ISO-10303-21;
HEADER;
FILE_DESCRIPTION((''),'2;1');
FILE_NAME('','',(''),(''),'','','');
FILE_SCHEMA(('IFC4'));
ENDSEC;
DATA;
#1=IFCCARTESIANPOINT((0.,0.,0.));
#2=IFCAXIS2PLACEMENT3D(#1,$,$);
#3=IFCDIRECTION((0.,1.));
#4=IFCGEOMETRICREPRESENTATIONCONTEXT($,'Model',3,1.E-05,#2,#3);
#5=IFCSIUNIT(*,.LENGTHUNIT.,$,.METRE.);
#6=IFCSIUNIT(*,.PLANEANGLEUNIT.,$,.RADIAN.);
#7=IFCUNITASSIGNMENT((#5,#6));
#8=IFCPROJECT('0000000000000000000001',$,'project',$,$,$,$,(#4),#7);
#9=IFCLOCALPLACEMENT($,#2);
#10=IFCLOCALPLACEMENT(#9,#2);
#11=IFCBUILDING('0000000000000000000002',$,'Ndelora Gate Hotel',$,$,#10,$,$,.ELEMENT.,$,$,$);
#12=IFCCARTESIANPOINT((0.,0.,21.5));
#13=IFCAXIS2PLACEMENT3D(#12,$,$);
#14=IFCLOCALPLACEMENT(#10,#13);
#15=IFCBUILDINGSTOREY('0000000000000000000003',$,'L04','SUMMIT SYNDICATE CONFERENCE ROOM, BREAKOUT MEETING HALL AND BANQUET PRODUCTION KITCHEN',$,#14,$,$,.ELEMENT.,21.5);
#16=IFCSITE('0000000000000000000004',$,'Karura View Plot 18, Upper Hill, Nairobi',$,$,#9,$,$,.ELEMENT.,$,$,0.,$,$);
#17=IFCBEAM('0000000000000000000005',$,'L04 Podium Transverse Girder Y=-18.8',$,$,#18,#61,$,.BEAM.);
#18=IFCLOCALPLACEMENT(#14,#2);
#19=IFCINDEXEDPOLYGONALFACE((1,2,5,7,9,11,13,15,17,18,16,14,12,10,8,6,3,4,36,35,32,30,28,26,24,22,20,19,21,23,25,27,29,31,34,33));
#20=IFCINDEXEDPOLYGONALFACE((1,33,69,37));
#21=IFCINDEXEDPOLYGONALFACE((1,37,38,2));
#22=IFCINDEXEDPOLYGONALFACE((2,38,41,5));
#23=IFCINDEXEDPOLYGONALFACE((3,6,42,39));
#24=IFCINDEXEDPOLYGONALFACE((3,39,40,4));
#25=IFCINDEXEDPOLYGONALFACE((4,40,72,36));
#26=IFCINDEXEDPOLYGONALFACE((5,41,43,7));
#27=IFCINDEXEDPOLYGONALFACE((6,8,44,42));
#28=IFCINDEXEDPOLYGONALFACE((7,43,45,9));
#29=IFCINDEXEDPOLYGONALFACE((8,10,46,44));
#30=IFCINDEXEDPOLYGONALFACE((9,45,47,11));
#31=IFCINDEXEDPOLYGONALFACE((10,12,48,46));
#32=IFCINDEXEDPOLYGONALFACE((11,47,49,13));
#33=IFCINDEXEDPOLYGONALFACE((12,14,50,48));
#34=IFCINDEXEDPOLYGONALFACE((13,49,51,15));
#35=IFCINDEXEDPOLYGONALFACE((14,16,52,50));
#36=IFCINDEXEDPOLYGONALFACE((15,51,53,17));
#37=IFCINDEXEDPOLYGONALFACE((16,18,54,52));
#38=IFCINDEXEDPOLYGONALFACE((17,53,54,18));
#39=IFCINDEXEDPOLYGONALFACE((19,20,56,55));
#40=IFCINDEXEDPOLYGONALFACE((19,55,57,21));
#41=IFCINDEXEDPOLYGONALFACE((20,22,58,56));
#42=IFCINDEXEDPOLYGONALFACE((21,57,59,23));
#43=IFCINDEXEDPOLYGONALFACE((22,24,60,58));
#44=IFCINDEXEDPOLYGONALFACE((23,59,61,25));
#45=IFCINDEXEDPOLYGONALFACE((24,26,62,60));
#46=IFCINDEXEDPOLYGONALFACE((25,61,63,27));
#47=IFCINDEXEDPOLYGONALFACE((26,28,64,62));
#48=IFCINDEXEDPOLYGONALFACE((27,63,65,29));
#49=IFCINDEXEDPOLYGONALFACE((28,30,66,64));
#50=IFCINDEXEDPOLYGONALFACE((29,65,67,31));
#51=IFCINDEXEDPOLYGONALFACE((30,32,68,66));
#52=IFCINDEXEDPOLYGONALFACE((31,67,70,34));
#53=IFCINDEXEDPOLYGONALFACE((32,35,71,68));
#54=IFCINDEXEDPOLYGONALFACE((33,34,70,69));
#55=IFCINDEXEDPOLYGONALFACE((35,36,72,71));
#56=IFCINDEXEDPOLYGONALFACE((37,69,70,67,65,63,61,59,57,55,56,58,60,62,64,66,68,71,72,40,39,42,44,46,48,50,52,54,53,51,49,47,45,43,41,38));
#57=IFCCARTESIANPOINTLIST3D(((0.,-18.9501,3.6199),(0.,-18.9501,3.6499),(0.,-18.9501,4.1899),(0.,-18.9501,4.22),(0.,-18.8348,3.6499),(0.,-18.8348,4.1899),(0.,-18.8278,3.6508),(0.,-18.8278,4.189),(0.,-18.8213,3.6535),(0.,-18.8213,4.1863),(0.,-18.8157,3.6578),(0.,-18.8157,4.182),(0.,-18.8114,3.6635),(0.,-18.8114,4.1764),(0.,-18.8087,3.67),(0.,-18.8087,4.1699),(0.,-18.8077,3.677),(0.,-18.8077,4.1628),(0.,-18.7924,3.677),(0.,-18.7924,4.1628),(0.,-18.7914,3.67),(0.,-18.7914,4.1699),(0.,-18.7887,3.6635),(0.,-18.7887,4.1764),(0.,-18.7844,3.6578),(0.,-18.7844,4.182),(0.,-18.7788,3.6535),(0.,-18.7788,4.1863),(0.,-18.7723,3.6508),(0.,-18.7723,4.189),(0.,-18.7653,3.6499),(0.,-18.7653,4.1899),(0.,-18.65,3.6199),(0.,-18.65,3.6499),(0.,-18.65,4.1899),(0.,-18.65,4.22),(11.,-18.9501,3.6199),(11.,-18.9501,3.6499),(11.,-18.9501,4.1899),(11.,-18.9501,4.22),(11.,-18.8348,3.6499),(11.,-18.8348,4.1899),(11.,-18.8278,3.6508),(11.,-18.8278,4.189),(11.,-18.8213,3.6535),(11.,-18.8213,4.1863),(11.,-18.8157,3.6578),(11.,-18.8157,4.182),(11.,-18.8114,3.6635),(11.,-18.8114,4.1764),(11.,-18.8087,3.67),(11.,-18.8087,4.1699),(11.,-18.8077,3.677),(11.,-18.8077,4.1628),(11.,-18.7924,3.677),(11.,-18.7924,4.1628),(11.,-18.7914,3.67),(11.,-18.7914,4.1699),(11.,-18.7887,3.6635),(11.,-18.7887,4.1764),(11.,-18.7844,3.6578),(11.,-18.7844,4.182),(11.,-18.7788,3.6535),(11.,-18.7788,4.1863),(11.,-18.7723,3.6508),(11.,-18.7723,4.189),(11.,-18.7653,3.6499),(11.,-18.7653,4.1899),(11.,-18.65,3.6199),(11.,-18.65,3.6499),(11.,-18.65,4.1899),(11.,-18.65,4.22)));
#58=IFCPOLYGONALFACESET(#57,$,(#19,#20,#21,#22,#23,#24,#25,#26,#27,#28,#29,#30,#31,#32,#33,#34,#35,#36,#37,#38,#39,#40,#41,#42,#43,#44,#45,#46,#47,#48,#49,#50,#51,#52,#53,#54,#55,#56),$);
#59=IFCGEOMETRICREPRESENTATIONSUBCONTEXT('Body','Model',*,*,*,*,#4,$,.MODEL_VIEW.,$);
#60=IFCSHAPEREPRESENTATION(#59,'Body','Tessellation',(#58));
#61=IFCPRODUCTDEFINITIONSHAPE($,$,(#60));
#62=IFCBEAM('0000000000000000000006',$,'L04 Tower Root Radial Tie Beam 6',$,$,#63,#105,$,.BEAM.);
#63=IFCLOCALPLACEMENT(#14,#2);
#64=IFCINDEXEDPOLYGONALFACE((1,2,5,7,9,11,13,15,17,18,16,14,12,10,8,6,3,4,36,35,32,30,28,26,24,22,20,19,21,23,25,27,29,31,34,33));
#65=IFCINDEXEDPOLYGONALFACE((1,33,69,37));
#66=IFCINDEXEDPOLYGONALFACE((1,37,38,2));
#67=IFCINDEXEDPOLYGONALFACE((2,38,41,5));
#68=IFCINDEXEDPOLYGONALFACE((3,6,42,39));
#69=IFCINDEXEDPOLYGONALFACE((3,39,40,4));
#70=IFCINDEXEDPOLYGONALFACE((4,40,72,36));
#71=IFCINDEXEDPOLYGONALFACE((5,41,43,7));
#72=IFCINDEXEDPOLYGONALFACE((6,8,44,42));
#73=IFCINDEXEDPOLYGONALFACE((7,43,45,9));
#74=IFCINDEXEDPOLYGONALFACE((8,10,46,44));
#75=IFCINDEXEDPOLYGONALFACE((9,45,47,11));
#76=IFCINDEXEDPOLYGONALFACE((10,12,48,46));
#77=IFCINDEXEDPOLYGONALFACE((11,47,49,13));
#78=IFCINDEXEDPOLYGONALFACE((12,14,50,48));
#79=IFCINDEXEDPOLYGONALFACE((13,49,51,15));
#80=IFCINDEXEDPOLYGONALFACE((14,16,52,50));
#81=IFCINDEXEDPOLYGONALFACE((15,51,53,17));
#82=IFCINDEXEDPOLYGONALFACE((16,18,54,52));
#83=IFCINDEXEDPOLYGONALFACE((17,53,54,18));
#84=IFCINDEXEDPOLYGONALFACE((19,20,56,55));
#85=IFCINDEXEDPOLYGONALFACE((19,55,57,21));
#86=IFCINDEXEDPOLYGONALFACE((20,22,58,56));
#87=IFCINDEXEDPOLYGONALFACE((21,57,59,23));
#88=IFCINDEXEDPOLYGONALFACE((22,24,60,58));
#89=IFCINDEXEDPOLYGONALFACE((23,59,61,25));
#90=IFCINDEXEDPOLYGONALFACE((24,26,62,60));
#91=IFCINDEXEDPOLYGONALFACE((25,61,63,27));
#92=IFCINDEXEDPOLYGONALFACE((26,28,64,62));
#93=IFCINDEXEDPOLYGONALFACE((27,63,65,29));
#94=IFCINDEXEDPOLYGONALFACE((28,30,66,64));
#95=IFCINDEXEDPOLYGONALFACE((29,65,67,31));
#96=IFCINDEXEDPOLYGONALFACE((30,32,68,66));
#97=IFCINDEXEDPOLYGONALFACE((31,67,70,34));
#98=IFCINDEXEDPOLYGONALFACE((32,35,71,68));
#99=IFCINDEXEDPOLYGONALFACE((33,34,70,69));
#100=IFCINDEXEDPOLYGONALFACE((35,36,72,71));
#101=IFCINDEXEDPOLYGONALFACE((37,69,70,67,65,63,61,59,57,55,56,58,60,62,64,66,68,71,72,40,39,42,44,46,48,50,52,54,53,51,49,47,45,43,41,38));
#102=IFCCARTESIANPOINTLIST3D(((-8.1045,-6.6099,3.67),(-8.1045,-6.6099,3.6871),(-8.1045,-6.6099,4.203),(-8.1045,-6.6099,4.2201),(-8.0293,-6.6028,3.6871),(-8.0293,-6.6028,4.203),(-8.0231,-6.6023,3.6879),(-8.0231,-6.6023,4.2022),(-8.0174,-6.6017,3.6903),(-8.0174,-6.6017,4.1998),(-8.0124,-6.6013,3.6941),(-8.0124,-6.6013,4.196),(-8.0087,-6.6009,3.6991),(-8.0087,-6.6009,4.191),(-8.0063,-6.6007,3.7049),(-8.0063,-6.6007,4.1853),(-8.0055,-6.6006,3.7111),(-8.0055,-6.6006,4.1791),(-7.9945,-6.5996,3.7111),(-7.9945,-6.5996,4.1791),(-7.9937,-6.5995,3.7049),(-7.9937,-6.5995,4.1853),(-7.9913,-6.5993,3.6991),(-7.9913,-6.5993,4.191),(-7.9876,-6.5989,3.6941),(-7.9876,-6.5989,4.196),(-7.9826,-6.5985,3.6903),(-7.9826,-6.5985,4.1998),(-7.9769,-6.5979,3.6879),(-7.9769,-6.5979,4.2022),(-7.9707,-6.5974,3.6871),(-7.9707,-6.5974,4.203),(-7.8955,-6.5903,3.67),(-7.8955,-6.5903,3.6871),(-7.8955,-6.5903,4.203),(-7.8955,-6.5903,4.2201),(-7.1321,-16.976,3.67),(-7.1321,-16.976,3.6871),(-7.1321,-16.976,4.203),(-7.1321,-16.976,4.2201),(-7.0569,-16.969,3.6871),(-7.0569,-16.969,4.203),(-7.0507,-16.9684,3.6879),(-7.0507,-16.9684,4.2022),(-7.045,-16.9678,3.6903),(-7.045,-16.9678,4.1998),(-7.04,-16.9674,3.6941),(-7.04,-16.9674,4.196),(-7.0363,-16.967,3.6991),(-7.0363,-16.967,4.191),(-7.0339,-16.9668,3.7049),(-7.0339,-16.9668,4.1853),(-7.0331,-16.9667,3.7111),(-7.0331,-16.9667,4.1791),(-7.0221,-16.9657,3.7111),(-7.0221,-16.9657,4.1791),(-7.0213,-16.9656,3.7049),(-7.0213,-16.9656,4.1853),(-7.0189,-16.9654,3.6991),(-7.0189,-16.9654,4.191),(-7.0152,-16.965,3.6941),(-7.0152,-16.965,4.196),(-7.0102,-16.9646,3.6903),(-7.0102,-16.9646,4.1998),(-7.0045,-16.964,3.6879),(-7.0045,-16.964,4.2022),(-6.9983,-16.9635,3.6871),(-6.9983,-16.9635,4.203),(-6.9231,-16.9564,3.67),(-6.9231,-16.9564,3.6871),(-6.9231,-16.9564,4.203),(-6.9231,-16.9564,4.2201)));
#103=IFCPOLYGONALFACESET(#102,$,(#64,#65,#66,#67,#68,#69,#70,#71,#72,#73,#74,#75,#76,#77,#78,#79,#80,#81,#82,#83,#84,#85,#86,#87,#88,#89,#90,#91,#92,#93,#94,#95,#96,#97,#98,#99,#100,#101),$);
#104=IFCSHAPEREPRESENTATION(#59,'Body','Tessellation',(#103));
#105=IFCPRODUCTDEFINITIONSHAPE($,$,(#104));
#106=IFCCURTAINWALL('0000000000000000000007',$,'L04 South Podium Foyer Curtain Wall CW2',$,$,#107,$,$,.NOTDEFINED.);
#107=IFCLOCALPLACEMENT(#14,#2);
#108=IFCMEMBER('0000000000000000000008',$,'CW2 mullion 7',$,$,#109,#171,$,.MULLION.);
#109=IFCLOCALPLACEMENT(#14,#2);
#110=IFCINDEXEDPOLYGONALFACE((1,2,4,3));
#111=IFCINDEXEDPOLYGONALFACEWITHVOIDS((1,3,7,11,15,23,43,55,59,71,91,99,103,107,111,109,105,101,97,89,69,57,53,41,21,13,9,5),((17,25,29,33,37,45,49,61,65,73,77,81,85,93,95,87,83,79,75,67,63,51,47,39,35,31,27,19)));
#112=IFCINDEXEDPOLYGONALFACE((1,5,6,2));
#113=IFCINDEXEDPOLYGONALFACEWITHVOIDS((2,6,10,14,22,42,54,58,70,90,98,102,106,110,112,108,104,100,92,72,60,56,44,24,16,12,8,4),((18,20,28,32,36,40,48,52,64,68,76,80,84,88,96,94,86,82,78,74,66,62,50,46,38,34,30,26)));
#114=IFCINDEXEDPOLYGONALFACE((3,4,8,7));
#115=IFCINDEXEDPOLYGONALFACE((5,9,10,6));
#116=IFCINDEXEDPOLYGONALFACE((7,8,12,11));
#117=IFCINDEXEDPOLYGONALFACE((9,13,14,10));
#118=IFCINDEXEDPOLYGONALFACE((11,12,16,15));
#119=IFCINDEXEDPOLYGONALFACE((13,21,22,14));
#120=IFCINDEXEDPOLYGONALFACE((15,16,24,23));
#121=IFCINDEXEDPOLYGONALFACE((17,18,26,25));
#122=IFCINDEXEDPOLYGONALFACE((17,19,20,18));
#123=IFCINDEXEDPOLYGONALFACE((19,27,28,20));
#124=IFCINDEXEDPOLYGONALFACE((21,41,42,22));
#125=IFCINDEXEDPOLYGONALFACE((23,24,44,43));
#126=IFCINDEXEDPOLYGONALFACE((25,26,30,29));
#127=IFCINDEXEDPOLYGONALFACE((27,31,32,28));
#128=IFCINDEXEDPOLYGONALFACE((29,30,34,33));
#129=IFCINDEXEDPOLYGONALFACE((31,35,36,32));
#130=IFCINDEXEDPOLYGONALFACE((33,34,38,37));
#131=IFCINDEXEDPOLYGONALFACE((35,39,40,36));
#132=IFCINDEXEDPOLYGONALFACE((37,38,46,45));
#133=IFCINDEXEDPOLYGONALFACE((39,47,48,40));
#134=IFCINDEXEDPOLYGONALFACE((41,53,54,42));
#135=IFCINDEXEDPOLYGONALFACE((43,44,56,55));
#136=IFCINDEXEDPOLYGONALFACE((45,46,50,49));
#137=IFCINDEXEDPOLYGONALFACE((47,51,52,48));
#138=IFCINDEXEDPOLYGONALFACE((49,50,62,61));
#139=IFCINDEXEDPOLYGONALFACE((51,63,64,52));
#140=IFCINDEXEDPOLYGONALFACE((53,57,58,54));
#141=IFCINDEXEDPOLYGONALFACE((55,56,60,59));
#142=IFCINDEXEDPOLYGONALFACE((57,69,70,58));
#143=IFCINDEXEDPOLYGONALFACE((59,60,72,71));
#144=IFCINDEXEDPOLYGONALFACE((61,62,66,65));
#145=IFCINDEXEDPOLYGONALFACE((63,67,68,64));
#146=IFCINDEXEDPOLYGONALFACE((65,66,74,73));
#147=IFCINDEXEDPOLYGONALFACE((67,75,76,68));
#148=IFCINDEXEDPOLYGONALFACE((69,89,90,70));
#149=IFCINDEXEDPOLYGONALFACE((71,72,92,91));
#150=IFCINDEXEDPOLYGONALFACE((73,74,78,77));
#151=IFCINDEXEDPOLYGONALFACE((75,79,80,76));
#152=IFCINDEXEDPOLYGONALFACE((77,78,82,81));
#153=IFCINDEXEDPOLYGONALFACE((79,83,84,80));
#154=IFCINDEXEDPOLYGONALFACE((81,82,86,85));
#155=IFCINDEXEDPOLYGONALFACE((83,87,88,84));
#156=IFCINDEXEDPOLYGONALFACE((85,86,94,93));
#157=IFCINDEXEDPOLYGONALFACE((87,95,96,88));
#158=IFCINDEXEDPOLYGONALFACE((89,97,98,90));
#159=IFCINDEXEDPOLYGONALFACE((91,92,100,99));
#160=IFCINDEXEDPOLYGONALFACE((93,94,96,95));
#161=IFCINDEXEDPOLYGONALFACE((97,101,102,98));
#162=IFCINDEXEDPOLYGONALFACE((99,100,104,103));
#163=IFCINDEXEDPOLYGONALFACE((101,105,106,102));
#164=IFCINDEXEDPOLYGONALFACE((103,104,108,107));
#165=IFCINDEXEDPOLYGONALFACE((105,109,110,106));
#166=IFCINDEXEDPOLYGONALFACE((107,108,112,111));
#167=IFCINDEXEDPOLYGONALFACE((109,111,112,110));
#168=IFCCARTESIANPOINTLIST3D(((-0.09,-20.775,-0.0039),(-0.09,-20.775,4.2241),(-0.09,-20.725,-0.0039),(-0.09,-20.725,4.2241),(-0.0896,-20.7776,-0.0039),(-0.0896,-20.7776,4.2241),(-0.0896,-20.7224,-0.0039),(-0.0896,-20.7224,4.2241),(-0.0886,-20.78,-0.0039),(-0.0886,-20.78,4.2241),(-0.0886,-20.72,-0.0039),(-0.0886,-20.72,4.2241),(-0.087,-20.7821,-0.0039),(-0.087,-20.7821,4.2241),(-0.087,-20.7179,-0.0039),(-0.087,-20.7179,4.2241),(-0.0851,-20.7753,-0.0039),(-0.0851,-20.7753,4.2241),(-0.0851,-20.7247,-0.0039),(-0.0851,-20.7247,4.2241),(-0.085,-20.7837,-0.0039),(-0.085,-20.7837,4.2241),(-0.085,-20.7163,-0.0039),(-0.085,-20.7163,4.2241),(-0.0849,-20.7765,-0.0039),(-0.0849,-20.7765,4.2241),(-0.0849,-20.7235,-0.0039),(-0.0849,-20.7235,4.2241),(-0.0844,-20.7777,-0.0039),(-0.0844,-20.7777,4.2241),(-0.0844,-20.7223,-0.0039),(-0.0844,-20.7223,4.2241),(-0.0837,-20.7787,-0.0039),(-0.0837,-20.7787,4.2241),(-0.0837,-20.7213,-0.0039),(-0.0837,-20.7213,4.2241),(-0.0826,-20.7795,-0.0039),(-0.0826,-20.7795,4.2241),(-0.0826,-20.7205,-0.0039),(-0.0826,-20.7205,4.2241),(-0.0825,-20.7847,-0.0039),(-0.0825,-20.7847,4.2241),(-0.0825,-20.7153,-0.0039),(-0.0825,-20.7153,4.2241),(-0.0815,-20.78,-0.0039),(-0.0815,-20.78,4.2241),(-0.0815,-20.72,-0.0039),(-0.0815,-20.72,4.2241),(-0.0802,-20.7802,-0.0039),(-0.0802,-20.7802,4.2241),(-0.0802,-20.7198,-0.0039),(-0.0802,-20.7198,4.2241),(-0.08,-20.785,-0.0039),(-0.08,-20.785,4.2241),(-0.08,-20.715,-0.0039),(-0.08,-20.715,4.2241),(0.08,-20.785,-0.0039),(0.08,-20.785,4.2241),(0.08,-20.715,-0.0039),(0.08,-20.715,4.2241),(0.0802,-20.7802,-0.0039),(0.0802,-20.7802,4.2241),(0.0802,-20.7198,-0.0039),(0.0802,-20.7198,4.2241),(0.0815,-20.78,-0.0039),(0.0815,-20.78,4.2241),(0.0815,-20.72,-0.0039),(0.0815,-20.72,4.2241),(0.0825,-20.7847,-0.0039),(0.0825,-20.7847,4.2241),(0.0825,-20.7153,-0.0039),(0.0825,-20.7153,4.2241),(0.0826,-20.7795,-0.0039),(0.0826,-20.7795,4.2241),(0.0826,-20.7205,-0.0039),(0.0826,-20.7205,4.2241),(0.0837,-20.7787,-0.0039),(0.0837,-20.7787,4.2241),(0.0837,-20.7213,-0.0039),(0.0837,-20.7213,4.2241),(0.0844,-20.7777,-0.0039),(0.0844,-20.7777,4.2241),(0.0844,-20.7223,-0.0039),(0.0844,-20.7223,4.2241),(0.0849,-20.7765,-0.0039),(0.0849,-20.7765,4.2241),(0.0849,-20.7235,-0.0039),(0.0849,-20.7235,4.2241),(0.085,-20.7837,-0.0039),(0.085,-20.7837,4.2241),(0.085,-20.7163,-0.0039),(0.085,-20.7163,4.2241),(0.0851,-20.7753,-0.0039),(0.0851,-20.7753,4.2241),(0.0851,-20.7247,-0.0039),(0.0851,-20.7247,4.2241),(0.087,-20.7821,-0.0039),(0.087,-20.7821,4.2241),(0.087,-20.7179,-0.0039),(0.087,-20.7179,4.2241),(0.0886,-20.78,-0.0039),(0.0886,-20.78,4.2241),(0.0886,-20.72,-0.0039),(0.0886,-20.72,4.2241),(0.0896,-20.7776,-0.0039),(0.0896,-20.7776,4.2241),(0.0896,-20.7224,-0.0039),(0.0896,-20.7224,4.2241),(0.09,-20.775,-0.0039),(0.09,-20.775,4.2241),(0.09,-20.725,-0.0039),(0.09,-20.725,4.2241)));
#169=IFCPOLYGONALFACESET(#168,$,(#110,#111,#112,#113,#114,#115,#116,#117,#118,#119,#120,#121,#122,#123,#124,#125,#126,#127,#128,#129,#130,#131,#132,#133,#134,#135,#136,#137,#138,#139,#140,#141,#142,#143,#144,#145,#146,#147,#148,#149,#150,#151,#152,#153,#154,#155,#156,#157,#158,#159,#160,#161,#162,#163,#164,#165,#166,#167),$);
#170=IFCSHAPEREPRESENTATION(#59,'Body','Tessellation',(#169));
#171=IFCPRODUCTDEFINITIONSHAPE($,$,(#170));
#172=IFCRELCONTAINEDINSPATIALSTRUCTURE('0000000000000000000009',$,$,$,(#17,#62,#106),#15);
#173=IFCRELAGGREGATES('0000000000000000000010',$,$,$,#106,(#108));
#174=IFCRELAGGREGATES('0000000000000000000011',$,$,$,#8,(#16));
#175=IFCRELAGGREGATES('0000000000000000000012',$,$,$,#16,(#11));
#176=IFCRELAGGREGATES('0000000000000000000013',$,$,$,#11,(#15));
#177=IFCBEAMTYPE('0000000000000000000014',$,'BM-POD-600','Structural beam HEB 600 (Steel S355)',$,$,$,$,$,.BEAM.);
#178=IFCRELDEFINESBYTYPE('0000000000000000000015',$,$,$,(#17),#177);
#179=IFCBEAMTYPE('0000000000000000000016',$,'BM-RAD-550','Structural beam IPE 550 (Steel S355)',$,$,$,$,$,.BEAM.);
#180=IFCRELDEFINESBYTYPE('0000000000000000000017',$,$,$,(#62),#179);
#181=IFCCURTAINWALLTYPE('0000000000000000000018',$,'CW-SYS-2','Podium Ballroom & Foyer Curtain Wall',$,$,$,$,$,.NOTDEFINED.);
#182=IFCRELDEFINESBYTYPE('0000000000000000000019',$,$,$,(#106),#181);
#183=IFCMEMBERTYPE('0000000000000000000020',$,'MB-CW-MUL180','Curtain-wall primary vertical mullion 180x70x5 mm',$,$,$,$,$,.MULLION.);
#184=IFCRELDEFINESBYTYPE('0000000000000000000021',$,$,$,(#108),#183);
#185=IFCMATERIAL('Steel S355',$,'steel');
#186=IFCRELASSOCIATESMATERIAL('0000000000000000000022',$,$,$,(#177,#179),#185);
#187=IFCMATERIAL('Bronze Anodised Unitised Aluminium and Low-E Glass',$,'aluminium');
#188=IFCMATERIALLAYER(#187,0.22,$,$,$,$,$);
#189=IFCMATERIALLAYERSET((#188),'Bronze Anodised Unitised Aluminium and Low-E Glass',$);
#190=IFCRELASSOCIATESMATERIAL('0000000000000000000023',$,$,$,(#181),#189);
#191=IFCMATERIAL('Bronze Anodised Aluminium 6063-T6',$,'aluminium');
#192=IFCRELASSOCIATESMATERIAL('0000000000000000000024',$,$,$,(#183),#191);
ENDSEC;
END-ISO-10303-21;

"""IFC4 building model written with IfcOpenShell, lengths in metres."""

from ifc_helpers import new_model, si_unit, direction, frame, origin, origin_2d, place, context, subcontext, project, spatial, hollow_rectangle, i_section, extrude, material, layer, layer_set, material_profile, profile_set, type_object, element, aggregate, save


model = new_model("IFC4")

# Units and contexts
model_context = context("Model", 3, precision=1e-05, world=origin(), true_north=direction((0.0, 1.0)))
body_context = subcontext(model_context, "Body", "Model", "MODEL_VIEW")
ifc_project = project(units=[si_unit("LENGTHUNIT", "METRE"), si_unit("PLANEANGLEUNIT", "RADIAN")], contexts=[model_context])

# Site, building, storey
site_placement = place(None, origin())
site = spatial("IfcSite", under=ifc_project, at=site_placement, Name="Karura View Plot 18, Upper Hill, Nairobi", CompositionType="ELEMENT", RefElevation=0.0)
building_placement = place(site_placement, origin())
building = spatial("IfcBuilding", under=site, at=building_placement, Name="Ndelora Gate Hotel", CompositionType="ELEMENT")
storey_placement = place(building_placement, frame((0.0, 0.0, 21.5)))
storey = spatial("IfcBuildingStorey", under=building, at=storey_placement, Name="L04", Description="SUMMIT SYNDICATE CONFERENCE ROOM, BREAKOUT MEETING HALL AND BANQUET PRODUCTION KITCHEN", CompositionType="ELEMENT", Elevation=21.5)

# Beams
ifc_material_1 = material(Name="Steel S355", Category="steel")
ifc_material_profile_1 = material_profile(ifc_material_1, i_section(OverallWidth=0.3, OverallDepth=0.6001, WebThickness=0.0154, FlangeThickness=0.03, FilletRadius=0.0271, at=origin_2d()), Name="HEB 600")
ifc_profile_set_1 = profile_set([ifc_material_profile_1], Name="Steel S355")
beam_type_1 = type_object("IfcBeamType", Name="BM-POD-600", Description="Structural beam HEB 600 (Steel S355)", PredefinedType="BEAM", material=ifc_profile_set_1)
beam_1_placement = place(storey_placement, frame((0.0, -18.8, 3.9199), z_axis=(1.0, 0.0, 0.0), x_axis=(0.0, 1.0, 0.0)))
element("IfcBeam", 1, at=beam_1_placement, inside=storey, type_object=beam_type_1, Name="L04 Podium Transverse Girder Y=-18.8", PredefinedType="BEAM", context=body_context, shape_type="SweptSolid", body=[
    extrude(i_section(OverallWidth=0.3, OverallDepth=0.6001, WebThickness=0.0154, FlangeThickness=0.03, FilletRadius=0.0271, at=origin_2d()), origin(), (0.0, 0.0, 1.0), 11.0),
])
ifc_material_profile_2 = material_profile(ifc_material_1, i_section(OverallWidth=0.21, OverallDepth=0.55, WebThickness=0.011, FlangeThickness=0.0171, FilletRadius=0.0239, at=origin_2d()), Name="IPE 550")
ifc_profile_set_2 = profile_set([ifc_material_profile_2], Name="Steel S355")
beam_type_2 = type_object("IfcBeamType", Name="BM-RAD-550", Description="Structural beam IPE 550 (Steel S355)", PredefinedType="BEAM", material=ifc_profile_set_2)
beam_2_placement = place(storey_placement, frame((-8.0, -6.6001, 3.9451), z_axis=(0.093396, -0.995629, 0.0), x_axis=(0.995629, 0.093396, 0.0)))
element("IfcBeam", 2, at=beam_2_placement, inside=storey, type_object=beam_type_2, Name="L04 Tower Root Radial Tie Beam 6", PredefinedType="BEAM", context=body_context, shape_type="SweptSolid", body=[
    extrude(i_section(OverallWidth=0.21, OverallDepth=0.55, WebThickness=0.011, FlangeThickness=0.0171, FilletRadius=0.0239, at=origin_2d()), origin(), (0.0, 0.0, 1.0), 10.4116),
])

# Curtain wall, member
ifc_material_2 = material(Name="Bronze Anodised Unitised Aluminium and Low-E Glass", Category="aluminium")
ifc_layer_1 = layer(ifc_material_2, 0.22)
ifc_layer_set_1 = layer_set([ifc_layer_1], Name="Bronze Anodised Unitised Aluminium and Low-E Glass")
curtain_wall_type = type_object("IfcCurtainWallType", Name="CW-SYS-2", Description="Podium Ballroom & Foyer Curtain Wall", PredefinedType="NOTDEFINED", material=ifc_layer_set_1)
curtain_wall_placement = place(storey_placement, origin())
curtain_wall = element("IfcCurtainWall", 3, at=curtain_wall_placement, inside=storey, type_object=curtain_wall_type, Name="L04 South Podium Foyer Curtain Wall CW2", PredefinedType="NOTDEFINED")
ifc_material_3 = material(Name="Bronze Anodised Aluminium 6063-T6", Category="aluminium")
ifc_material_profile_3 = material_profile(ifc_material_3, hollow_rectangle(XDim=0.0701, YDim=0.1799, WallThickness=0.0049, InnerFilletRadius=0.0049, OuterFilletRadius=0.01, at=origin_2d()), Name="ALU 180x70x5")
ifc_profile_set_3 = profile_set([ifc_material_profile_3], Name="Bronze Anodised Aluminium 6063-T6")
member_type_1 = type_object("IfcMemberType", Name="MB-CW-MUL180", Description="Curtain-wall primary vertical mullion 180x70x5 mm", PredefinedType="MULLION", material=ifc_profile_set_3)
member_1_placement = place(storey_placement, frame((0.0, -20.75, -0.0039), z_axis=(0.0, 0.0, 1.0), x_axis=(0.0, 1.0, 0.0)))
member_1 = element("IfcMember", 4, at=member_1_placement, type_object=member_type_1, Name="CW2 mullion 7", PredefinedType="MULLION", context=body_context, shape_type="SweptSolid", body=[
    extrude(hollow_rectangle(XDim=0.0701, YDim=0.1799, WallThickness=0.0049, InnerFilletRadius=0.0049, OuterFilletRadius=0.01, at=origin_2d()), origin(), (0.0, 0.0, 1.0), 4.228),
])
aggregate(curtain_wall, [member_1])

save(model, "model.ifc")
